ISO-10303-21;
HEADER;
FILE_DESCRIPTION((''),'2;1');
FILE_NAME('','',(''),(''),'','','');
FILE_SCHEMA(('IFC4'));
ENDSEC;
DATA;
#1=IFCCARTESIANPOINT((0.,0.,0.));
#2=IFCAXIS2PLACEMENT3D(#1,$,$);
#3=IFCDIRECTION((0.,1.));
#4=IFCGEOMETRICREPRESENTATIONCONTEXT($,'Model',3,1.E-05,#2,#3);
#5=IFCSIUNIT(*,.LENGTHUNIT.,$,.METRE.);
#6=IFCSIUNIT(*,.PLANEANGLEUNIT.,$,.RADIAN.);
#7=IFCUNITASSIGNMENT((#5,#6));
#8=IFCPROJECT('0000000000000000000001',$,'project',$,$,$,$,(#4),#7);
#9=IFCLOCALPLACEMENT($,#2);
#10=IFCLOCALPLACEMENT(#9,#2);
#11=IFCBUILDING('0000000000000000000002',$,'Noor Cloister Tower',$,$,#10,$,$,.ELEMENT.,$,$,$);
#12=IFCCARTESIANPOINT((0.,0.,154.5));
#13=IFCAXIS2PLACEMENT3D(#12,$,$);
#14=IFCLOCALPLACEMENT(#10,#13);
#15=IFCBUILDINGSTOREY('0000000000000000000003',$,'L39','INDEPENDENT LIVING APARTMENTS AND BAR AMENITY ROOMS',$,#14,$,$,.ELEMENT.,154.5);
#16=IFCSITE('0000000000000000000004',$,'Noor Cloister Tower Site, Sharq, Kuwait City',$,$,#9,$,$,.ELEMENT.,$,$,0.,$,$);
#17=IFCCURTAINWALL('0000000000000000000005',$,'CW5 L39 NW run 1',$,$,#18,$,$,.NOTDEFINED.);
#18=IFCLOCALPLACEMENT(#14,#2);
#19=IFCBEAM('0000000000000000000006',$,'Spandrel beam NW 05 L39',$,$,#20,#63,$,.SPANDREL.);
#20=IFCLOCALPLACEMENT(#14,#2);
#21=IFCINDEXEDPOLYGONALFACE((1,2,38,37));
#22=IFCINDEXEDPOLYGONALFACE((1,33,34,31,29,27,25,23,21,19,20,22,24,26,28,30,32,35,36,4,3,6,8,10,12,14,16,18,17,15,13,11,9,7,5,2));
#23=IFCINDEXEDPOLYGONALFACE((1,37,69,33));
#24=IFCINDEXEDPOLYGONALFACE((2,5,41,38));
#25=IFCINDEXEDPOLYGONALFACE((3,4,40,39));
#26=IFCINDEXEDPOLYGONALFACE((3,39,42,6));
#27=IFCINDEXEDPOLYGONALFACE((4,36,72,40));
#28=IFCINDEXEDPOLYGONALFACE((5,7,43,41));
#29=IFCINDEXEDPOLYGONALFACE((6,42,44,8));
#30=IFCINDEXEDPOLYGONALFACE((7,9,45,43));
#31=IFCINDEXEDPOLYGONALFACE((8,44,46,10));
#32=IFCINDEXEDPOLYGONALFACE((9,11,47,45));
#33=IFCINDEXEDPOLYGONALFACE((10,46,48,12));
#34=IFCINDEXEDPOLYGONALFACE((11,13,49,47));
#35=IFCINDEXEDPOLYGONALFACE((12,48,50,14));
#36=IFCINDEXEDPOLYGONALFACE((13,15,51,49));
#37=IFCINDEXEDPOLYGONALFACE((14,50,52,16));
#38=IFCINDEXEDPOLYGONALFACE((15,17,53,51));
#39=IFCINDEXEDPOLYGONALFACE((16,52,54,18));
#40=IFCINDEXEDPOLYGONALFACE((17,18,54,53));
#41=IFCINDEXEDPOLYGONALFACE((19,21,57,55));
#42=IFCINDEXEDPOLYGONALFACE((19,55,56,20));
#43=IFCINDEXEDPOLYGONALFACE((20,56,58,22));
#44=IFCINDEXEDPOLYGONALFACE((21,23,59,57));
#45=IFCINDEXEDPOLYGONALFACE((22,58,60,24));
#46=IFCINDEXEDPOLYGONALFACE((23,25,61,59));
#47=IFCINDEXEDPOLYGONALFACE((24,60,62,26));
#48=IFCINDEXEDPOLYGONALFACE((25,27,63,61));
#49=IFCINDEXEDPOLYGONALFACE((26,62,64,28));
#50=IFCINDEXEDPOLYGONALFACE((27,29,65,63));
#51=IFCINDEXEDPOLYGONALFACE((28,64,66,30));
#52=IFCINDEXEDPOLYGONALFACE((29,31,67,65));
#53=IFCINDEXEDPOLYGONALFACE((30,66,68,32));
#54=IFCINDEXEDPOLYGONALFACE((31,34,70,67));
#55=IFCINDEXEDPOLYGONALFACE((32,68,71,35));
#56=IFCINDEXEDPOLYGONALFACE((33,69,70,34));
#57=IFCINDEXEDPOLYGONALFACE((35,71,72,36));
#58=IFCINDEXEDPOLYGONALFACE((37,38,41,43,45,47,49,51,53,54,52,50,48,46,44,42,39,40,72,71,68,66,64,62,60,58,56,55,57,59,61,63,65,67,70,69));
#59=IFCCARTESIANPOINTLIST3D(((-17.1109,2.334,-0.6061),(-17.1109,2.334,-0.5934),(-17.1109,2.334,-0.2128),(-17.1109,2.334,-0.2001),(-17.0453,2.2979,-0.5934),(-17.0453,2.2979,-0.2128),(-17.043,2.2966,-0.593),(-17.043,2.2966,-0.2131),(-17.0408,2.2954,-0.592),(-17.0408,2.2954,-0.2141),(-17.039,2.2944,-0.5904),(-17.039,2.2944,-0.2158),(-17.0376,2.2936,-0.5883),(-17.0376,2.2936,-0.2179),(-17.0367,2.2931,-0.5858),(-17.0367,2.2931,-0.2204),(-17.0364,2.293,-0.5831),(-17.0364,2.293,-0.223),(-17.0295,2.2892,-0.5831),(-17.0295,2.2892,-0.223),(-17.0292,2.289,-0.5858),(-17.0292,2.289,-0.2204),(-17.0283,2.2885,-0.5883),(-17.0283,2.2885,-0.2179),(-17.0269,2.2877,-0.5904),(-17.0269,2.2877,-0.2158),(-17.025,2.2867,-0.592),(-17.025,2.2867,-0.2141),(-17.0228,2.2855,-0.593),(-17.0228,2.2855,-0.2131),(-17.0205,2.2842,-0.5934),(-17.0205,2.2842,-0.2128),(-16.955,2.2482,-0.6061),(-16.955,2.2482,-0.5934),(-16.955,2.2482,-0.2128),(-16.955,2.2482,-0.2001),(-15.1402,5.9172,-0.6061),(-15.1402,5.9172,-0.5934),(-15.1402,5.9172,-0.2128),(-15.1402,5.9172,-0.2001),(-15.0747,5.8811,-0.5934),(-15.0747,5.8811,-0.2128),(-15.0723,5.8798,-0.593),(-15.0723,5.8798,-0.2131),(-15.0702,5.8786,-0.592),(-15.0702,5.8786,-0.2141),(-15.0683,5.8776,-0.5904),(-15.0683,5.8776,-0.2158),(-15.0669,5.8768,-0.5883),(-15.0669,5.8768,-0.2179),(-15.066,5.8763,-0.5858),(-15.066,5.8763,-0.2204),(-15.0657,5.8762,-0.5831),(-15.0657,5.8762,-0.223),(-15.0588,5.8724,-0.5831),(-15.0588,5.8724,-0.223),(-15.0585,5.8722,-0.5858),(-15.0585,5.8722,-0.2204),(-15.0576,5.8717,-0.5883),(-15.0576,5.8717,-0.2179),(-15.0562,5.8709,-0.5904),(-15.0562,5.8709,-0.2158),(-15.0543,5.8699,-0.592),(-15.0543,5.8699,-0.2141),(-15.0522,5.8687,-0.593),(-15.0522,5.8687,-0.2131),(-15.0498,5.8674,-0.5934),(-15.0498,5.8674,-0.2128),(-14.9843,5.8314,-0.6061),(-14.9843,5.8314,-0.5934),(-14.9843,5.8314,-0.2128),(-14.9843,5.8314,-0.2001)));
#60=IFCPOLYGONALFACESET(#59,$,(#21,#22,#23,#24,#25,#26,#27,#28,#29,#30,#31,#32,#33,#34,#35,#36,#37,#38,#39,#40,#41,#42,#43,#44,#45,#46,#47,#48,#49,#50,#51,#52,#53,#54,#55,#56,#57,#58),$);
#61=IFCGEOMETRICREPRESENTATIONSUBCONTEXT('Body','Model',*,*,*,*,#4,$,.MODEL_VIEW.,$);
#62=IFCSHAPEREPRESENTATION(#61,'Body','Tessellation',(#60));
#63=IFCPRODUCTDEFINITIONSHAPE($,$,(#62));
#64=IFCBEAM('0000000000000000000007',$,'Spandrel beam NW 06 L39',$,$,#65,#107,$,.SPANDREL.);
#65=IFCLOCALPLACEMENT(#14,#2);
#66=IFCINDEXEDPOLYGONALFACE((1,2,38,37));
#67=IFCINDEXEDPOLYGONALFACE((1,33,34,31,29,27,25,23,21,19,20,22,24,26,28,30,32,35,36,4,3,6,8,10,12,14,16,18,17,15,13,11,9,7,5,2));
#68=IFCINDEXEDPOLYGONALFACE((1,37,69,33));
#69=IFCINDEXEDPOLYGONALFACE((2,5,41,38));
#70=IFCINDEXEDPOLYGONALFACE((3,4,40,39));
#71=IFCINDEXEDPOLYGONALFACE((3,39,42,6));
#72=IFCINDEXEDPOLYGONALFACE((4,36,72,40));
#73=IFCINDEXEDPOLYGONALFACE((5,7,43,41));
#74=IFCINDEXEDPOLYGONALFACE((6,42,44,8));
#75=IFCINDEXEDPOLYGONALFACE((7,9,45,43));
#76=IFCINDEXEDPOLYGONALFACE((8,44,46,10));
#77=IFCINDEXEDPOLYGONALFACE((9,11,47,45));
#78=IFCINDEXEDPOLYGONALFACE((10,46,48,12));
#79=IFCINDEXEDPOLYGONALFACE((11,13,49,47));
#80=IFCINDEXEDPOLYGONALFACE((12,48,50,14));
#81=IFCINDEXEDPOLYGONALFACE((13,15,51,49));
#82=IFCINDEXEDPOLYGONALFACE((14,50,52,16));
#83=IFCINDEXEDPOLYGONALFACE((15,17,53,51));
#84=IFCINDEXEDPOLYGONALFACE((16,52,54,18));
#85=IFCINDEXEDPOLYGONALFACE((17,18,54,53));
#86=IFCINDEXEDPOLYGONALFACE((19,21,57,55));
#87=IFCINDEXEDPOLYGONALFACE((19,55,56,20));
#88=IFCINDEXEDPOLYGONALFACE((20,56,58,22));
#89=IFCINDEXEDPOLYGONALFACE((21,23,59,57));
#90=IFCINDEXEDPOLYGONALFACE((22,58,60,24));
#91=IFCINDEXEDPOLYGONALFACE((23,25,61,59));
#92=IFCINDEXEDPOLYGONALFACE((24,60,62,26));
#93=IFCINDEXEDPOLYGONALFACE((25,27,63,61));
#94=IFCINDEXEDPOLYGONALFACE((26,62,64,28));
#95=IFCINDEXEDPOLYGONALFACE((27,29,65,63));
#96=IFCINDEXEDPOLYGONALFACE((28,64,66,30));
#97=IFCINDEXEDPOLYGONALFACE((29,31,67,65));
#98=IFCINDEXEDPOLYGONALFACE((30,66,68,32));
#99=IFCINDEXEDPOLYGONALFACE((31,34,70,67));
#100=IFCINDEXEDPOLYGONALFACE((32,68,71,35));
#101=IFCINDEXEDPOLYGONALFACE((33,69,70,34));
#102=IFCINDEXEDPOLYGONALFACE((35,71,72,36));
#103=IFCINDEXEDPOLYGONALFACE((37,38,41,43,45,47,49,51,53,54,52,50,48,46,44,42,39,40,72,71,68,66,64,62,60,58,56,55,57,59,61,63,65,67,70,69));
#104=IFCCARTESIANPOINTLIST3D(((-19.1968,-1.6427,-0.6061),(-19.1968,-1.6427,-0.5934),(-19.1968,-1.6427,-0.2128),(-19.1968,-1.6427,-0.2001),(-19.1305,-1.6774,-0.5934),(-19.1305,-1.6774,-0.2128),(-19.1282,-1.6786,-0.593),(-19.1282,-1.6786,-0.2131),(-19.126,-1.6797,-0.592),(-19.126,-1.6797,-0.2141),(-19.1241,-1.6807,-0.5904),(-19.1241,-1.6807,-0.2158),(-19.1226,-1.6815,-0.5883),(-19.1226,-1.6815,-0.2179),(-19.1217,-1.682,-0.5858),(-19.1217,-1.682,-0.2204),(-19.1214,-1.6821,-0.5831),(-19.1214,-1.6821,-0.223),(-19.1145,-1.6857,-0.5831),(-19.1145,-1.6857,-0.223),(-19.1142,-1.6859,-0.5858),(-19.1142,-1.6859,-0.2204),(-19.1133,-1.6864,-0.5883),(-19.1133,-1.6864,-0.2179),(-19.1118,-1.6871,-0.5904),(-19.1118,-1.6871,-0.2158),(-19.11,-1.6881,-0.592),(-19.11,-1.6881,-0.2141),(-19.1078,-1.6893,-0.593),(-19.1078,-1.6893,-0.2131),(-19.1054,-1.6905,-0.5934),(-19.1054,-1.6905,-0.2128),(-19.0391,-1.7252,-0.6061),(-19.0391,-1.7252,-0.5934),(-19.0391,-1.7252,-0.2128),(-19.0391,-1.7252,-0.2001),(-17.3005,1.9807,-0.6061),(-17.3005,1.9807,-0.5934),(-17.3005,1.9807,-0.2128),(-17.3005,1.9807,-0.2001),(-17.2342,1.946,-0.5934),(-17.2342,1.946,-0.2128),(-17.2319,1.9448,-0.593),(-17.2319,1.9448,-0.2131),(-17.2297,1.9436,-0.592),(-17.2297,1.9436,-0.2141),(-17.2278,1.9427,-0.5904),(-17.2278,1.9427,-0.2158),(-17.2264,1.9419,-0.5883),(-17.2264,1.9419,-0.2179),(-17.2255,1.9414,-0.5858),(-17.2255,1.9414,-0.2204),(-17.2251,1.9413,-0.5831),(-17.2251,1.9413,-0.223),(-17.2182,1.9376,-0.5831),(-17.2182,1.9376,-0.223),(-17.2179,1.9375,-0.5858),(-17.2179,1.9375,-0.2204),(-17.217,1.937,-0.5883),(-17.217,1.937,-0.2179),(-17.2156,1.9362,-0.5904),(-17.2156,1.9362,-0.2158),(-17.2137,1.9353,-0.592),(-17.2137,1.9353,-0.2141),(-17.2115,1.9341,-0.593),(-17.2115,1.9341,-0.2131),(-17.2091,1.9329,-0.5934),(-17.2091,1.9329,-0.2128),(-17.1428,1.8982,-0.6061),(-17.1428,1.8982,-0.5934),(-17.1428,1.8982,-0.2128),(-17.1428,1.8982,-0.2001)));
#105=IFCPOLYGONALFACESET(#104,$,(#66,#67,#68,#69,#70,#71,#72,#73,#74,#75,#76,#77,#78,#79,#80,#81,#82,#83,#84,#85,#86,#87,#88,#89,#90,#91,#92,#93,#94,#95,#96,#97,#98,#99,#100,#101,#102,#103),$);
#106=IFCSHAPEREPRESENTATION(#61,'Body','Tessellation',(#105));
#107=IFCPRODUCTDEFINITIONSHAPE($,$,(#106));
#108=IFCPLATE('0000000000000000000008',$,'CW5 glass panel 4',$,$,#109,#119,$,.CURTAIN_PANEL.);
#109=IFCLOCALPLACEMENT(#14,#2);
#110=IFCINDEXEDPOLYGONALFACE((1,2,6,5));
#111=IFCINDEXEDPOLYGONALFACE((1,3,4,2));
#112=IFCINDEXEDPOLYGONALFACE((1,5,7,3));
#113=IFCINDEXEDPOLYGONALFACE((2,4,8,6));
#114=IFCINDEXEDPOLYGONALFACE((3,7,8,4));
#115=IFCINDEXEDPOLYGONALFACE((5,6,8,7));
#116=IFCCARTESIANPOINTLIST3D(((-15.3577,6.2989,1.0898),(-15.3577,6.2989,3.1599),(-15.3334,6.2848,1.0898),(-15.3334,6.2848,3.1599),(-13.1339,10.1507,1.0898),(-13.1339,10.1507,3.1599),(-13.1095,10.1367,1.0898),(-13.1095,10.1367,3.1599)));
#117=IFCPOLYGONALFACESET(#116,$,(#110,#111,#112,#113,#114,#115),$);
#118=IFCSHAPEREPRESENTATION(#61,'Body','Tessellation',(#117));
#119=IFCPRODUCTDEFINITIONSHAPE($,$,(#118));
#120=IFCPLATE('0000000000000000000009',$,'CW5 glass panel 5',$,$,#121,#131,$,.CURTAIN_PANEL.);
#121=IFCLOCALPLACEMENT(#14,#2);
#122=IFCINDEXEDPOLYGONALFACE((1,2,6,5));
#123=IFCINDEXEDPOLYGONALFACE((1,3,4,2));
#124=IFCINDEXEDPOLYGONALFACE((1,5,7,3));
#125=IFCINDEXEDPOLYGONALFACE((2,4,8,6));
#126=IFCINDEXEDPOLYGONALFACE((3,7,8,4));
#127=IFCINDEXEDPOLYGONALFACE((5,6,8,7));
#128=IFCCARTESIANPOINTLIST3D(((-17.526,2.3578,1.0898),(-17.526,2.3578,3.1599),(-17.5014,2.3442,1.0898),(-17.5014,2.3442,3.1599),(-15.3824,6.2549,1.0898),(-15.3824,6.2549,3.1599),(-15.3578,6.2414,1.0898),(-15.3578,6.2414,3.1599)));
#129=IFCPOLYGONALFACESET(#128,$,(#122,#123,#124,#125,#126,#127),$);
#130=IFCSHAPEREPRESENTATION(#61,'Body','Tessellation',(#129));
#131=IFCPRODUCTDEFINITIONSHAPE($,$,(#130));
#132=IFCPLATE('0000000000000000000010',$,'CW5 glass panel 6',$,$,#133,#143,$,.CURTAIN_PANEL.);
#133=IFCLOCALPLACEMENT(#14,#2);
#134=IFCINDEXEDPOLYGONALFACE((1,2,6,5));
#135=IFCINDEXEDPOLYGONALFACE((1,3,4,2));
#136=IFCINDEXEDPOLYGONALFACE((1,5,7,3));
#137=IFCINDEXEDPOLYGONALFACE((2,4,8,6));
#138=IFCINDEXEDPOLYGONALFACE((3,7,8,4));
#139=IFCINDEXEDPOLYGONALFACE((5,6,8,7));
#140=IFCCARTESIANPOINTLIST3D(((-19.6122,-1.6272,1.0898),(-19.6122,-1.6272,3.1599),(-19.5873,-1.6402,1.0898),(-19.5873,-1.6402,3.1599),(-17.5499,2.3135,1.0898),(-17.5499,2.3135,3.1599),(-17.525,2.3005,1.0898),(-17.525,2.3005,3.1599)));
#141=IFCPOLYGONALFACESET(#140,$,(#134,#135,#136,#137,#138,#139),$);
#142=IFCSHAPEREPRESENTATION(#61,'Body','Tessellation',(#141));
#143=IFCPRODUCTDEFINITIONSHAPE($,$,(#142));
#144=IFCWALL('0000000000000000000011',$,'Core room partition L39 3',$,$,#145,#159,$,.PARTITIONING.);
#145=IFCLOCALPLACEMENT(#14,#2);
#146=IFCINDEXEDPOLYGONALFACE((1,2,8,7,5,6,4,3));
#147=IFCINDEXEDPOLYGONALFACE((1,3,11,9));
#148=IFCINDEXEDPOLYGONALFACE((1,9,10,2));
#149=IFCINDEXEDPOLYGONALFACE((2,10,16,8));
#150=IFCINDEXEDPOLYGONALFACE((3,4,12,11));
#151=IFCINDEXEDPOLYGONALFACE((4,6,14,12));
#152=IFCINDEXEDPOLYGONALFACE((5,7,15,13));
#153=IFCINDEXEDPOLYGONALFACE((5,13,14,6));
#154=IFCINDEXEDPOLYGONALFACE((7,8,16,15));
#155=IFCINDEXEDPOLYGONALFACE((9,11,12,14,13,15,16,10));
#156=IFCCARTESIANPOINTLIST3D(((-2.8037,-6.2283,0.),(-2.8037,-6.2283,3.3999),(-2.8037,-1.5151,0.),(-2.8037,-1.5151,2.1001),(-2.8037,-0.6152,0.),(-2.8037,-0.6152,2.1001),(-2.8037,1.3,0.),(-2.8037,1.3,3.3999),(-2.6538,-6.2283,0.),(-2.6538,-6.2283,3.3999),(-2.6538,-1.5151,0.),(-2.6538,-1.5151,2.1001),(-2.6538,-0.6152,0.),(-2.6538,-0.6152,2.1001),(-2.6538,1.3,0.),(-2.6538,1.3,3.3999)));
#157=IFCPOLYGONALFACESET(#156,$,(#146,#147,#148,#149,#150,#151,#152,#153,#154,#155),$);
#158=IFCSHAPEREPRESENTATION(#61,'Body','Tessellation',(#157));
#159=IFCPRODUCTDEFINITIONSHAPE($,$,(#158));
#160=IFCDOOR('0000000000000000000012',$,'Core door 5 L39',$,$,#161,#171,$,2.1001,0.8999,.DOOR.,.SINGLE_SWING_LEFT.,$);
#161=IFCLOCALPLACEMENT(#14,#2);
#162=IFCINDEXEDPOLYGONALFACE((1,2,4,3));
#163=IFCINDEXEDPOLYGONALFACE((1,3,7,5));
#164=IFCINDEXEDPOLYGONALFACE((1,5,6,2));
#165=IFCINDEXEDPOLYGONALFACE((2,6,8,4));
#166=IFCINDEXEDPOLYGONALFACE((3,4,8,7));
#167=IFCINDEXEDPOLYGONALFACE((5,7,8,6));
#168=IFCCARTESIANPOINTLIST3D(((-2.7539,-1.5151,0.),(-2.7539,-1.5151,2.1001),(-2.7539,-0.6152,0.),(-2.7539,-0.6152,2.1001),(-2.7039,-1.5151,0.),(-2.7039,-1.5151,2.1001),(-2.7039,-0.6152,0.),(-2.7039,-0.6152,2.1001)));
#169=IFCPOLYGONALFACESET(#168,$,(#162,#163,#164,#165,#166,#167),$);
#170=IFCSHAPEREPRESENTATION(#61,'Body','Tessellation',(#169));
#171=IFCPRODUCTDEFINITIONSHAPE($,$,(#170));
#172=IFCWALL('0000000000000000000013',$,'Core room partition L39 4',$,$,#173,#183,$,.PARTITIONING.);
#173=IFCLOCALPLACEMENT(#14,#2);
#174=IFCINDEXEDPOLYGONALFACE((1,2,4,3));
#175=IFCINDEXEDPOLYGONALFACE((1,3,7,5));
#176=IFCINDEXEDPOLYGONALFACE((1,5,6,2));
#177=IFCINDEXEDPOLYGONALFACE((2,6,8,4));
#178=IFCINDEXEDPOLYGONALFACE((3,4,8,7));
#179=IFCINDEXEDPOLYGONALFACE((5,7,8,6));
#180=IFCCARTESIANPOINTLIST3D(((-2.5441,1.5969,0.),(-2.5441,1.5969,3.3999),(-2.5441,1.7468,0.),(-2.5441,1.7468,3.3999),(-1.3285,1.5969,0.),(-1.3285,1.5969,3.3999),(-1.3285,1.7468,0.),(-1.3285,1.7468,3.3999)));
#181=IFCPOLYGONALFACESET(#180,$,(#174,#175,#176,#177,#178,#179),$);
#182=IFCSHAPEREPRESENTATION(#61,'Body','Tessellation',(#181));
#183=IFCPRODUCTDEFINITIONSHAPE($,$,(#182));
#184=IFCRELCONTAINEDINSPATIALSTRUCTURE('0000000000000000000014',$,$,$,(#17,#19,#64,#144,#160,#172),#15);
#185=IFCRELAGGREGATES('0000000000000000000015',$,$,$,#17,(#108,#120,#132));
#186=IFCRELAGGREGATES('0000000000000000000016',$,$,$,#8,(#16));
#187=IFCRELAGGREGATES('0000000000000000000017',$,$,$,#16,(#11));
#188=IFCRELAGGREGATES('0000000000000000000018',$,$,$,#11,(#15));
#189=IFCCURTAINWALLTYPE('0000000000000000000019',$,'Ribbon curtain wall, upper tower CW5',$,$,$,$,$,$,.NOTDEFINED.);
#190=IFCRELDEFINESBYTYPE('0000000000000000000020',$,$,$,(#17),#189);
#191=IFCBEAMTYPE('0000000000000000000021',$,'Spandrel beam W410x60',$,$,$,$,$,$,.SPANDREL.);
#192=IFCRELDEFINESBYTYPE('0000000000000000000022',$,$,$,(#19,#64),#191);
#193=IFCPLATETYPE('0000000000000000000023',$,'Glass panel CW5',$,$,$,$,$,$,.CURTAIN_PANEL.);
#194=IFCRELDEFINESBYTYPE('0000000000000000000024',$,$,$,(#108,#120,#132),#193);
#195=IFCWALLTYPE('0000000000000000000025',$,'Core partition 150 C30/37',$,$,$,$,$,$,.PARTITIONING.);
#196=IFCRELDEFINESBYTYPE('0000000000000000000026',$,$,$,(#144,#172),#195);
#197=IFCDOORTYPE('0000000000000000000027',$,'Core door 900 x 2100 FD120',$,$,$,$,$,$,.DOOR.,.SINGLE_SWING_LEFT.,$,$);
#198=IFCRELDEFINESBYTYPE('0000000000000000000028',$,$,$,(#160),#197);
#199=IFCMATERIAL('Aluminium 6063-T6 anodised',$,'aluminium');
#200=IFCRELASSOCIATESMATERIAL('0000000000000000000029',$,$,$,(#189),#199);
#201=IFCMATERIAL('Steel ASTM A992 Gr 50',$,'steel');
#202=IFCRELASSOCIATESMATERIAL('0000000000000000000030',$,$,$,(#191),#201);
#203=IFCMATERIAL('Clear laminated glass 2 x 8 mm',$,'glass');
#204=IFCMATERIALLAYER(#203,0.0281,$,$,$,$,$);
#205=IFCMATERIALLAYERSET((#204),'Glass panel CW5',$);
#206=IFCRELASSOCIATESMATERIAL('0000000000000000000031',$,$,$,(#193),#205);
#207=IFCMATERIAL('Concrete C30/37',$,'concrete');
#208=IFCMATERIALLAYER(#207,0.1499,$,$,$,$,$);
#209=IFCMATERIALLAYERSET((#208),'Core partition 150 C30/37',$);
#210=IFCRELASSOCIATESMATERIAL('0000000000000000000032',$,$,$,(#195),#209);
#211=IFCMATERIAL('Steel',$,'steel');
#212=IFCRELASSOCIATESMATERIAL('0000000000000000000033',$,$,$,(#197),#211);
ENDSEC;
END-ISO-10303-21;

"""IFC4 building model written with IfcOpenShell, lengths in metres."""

from ifc_helpers import new_model, si_unit, direction, frame, frame_2d, origin, origin_2d, place, context, subcontext, project, spatial, rectangle, i_section, extrude, material, layer, layer_set, material_profile, profile_set, type_object, element, fill, aggregate, save


model = new_model("IFC4")

# Units and contexts
model_context = context("Model", 3, precision=1e-05, world=origin(), true_north=direction((0.0, 1.0)))
body_context = subcontext(model_context, "Body", "Model", "MODEL_VIEW")
ifc_project = project(units=[si_unit("LENGTHUNIT", "METRE"), si_unit("PLANEANGLEUNIT", "RADIAN")], contexts=[model_context])

# Site, building, storey
site_placement = place(None, origin())
site = spatial("IfcSite", under=ifc_project, at=site_placement, Name="Noor Cloister Tower Site, Sharq, Kuwait City", CompositionType="ELEMENT", RefElevation=0.0)
building_placement = place(site_placement, origin())
building = spatial("IfcBuilding", under=site, at=building_placement, Name="Noor Cloister Tower", CompositionType="ELEMENT")
storey_placement = place(building_placement, frame((0.0, 0.0, 154.5)))
storey = spatial("IfcBuildingStorey", under=building, at=storey_placement, Name="L39", Description="INDEPENDENT LIVING APARTMENTS AND BAR AMENITY ROOMS", CompositionType="ELEMENT", Elevation=154.5)

# Curtain wall
ifc_material_1 = material(Name="Aluminium 6063-T6 anodised", Category="aluminium")
curtain_wall_type = type_object("IfcCurtainWallType", Name="Ribbon curtain wall, upper tower CW5", PredefinedType="NOTDEFINED", material=ifc_material_1)
curtain_wall_1_placement = place(storey_placement, origin())
curtain_wall_1 = element("IfcCurtainWall", 1, at=curtain_wall_1_placement, inside=storey, type_object=curtain_wall_type, Name="CW5 L39 NW run 1", PredefinedType="NOTDEFINED")

# Beams
ifc_material_2 = material(Name="Steel ASTM A992 Gr 50", Category="steel")
ifc_material_profile_1 = material_profile(ifc_material_2, i_section(OverallWidth=0.178, OverallDepth=0.406, WebThickness=0.0078, FlangeThickness=0.0127, FilletRadius=0.0103, at=origin_2d()), Name="W410x60")
ifc_profile_set_1 = profile_set([ifc_material_profile_1], Name="Steel ASTM A992 Gr 50")
beam_type_1 = type_object("IfcBeamType", Name="Spandrel beam W410x60", PredefinedType="SPANDREL", material=ifc_profile_set_1)
beam_1_placement = place(storey_placement, frame((-15.0623, 5.8743, -0.4031), z_axis=(-0.481903, -0.876225, 0.0), x_axis=(0.876225, -0.481903, 0.0)))
element("IfcBeam", 2, at=beam_1_placement, inside=storey, type_object=beam_type_1, Name="Spandrel beam NW 05 L39", PredefinedType="SPANDREL", context=body_context, shape_type="SweptSolid", body=[
    extrude(i_section(OverallWidth=0.178, OverallDepth=0.406, WebThickness=0.0078, FlangeThickness=0.0127, FilletRadius=0.0103, at=origin_2d()), origin(), (0.0, 0.0, 1.0), 4.0894),
])
beam_2_placement = place(storey_placement, frame((-17.2217, 1.9395, -0.4031), z_axis=(-0.463686, -0.886, 0.0), x_axis=(0.886, -0.463686, 0.0)))
element("IfcBeam", 3, at=beam_2_placement, inside=storey, type_object=beam_type_1, Name="Spandrel beam NW 06 L39", PredefinedType="SPANDREL", context=body_context, shape_type="SweptSolid", body=[
    extrude(i_section(OverallWidth=0.178, OverallDepth=0.406, WebThickness=0.0078, FlangeThickness=0.0127, FilletRadius=0.0103, at=origin_2d()), origin(), (0.0, 0.0, 1.0), 4.0896),
])

# Plates
ifc_material_3 = material(Name="Clear laminated glass 2 x 8 mm", Category="glass")
ifc_layer_1 = layer(ifc_material_3, 0.0281)
ifc_layer_set_1 = layer_set([ifc_layer_1], Name="Glass panel CW5")
plate_type = type_object("IfcPlateType", Name="Glass panel CW5", PredefinedType="CURTAIN_PANEL", material=ifc_layer_set_1)
plate_1_placement = place(storey_placement, frame((-14.2336, 8.2178, 1.0898), z_axis=(0.0, 0.0, 1.0), x_axis=(-0.5, -0.866025, 0.0)))
plate_1 = element("IfcPlate", 4, at=plate_1_placement, type_object=plate_type, Name="CW5 glass panel 4", PredefinedType="CURTAIN_PANEL", context=body_context, shape_type="SweptSolid", body=[
    extrude(rectangle(XDim=4.4478, YDim=0.0281, at=origin_2d()), origin(), (0.0, 0.0, 1.0), 2.0701),
])
plate_2_placement = place(storey_placement, frame((-16.4419, 4.2996, 1.0898), z_axis=(0.0, 0.0, 1.0), x_axis=(-0.481942, -0.876203, 0.0)))
plate_2 = element("IfcPlate", 5, at=plate_2_placement, type_object=plate_type, Name="CW5 glass panel 5", PredefinedType="CURTAIN_PANEL", context=body_context, shape_type="SweptSolid", body=[
    extrude(rectangle(XDim=4.4478, YDim=0.0281, at=origin_2d()), origin(), (0.0, 0.0, 1.0), 2.0701),
])
plate_3_placement = place(storey_placement, frame((-18.5686, 0.3367, 1.0898), z_axis=(0.0, 0.0, 1.0), x_axis=(-0.463677, -0.886004, 0.0)))
plate_3 = element("IfcPlate", 6, at=plate_3_placement, type_object=plate_type, Name="CW5 glass panel 6", PredefinedType="CURTAIN_PANEL", context=body_context, shape_type="SweptSolid", body=[
    extrude(rectangle(XDim=4.4478, YDim=0.0281, at=origin_2d()), origin(), (0.0, 0.0, 1.0), 2.0701),
])
aggregate(curtain_wall_1, [plate_1, plate_2, plate_3])

# Wall, opening, door
ifc_material_4 = material(Name="Concrete C30/37", Category="concrete")
ifc_layer_2 = layer(ifc_material_4, 0.1499)
ifc_layer_set_2 = layer_set([ifc_layer_2], Name="Core partition 150 C30/37")
wall_type_1 = type_object("IfcWallType", Name="Core partition 150 C30/37", PredefinedType="PARTITIONING", material=ifc_layer_set_2)
wall_1_placement = place(storey_placement, frame((-2.7288, 1.3, 0.0), z_axis=(0.0, 0.0, 1.0), x_axis=(0.0, -1.0, 0.0)))
wall_1 = element("IfcWall", 7, at=wall_1_placement, inside=storey, type_object=wall_type_1, Name="Core room partition L39 3", PredefinedType="PARTITIONING", context=body_context, shape_type="SweptSolid", body=[
    extrude(rectangle(XDim=7.5283, YDim=0.1499, at=frame_2d((3.7642, 0.0))), origin(), (0.0, 0.0, 1.0), 3.3999),
])
opening_1_placement = place(wall_1_placement, frame((1.9153, 0.0, 0.0)))
opening_1 = element("IfcOpeningElement", 8, at=opening_1_placement, cuts=wall_1, PredefinedType="OPENING", context=body_context, shape_type="SweptSolid", body=[
    extrude(rectangle(XDim=0.8999, YDim=2.1001, at=frame_2d((0.45, 1.05))), frame((0.0, 0.085, 0.0), z_axis=(0.0, -1.0, 0.0), x_axis=(1.0, 0.0, 0.0)), (0.0, 0.0, 1.0), 0.1699),
])
ifc_material_5 = material(Name="Steel", Category="steel")
door_type = type_object("IfcDoorType", Name="Core door 900 x 2100 FD120", OperationType="SINGLE_SWING_LEFT", PredefinedType="DOOR", material=ifc_material_5)
door_1_placement = place(opening_1_placement, origin())
door_1 = element("IfcDoor", 9, at=door_1_placement, inside=storey, type_object=door_type, Name="Core door 5 L39", OperationType="SINGLE_SWING_LEFT", OverallHeight=2.1001, OverallWidth=0.8999, PredefinedType="DOOR", context=body_context, shape_type="SweptSolid", body=[
    extrude(rectangle(XDim=0.8999, YDim=2.1001, at=frame_2d((0.45, 1.05))), frame((0.0, 0.0249, 0.0), z_axis=(0.0, -1.0, 0.0), x_axis=(1.0, 0.0, 0.0)), (0.0, 0.0, 1.0), 0.05),
])
fill(opening_1, door_1)

# Wall
wall_2_placement = place(storey_placement, frame((-2.5442, 1.6719, 0.0), z_axis=(0.0, 0.0, 1.0), x_axis=(1.0, 0.0, 0.0)))
element("IfcWall", 10, at=wall_2_placement, inside=storey, type_object=wall_type_1, Name="Core room partition L39 4", PredefinedType="PARTITIONING", context=body_context, shape_type="SweptSolid", body=[
    extrude(rectangle(XDim=1.2156, YDim=0.1499, at=frame_2d((0.6079, 0.0))), origin(), (0.0, 0.0, 1.0), 3.3999),
])

save(model, "model.ifc")
